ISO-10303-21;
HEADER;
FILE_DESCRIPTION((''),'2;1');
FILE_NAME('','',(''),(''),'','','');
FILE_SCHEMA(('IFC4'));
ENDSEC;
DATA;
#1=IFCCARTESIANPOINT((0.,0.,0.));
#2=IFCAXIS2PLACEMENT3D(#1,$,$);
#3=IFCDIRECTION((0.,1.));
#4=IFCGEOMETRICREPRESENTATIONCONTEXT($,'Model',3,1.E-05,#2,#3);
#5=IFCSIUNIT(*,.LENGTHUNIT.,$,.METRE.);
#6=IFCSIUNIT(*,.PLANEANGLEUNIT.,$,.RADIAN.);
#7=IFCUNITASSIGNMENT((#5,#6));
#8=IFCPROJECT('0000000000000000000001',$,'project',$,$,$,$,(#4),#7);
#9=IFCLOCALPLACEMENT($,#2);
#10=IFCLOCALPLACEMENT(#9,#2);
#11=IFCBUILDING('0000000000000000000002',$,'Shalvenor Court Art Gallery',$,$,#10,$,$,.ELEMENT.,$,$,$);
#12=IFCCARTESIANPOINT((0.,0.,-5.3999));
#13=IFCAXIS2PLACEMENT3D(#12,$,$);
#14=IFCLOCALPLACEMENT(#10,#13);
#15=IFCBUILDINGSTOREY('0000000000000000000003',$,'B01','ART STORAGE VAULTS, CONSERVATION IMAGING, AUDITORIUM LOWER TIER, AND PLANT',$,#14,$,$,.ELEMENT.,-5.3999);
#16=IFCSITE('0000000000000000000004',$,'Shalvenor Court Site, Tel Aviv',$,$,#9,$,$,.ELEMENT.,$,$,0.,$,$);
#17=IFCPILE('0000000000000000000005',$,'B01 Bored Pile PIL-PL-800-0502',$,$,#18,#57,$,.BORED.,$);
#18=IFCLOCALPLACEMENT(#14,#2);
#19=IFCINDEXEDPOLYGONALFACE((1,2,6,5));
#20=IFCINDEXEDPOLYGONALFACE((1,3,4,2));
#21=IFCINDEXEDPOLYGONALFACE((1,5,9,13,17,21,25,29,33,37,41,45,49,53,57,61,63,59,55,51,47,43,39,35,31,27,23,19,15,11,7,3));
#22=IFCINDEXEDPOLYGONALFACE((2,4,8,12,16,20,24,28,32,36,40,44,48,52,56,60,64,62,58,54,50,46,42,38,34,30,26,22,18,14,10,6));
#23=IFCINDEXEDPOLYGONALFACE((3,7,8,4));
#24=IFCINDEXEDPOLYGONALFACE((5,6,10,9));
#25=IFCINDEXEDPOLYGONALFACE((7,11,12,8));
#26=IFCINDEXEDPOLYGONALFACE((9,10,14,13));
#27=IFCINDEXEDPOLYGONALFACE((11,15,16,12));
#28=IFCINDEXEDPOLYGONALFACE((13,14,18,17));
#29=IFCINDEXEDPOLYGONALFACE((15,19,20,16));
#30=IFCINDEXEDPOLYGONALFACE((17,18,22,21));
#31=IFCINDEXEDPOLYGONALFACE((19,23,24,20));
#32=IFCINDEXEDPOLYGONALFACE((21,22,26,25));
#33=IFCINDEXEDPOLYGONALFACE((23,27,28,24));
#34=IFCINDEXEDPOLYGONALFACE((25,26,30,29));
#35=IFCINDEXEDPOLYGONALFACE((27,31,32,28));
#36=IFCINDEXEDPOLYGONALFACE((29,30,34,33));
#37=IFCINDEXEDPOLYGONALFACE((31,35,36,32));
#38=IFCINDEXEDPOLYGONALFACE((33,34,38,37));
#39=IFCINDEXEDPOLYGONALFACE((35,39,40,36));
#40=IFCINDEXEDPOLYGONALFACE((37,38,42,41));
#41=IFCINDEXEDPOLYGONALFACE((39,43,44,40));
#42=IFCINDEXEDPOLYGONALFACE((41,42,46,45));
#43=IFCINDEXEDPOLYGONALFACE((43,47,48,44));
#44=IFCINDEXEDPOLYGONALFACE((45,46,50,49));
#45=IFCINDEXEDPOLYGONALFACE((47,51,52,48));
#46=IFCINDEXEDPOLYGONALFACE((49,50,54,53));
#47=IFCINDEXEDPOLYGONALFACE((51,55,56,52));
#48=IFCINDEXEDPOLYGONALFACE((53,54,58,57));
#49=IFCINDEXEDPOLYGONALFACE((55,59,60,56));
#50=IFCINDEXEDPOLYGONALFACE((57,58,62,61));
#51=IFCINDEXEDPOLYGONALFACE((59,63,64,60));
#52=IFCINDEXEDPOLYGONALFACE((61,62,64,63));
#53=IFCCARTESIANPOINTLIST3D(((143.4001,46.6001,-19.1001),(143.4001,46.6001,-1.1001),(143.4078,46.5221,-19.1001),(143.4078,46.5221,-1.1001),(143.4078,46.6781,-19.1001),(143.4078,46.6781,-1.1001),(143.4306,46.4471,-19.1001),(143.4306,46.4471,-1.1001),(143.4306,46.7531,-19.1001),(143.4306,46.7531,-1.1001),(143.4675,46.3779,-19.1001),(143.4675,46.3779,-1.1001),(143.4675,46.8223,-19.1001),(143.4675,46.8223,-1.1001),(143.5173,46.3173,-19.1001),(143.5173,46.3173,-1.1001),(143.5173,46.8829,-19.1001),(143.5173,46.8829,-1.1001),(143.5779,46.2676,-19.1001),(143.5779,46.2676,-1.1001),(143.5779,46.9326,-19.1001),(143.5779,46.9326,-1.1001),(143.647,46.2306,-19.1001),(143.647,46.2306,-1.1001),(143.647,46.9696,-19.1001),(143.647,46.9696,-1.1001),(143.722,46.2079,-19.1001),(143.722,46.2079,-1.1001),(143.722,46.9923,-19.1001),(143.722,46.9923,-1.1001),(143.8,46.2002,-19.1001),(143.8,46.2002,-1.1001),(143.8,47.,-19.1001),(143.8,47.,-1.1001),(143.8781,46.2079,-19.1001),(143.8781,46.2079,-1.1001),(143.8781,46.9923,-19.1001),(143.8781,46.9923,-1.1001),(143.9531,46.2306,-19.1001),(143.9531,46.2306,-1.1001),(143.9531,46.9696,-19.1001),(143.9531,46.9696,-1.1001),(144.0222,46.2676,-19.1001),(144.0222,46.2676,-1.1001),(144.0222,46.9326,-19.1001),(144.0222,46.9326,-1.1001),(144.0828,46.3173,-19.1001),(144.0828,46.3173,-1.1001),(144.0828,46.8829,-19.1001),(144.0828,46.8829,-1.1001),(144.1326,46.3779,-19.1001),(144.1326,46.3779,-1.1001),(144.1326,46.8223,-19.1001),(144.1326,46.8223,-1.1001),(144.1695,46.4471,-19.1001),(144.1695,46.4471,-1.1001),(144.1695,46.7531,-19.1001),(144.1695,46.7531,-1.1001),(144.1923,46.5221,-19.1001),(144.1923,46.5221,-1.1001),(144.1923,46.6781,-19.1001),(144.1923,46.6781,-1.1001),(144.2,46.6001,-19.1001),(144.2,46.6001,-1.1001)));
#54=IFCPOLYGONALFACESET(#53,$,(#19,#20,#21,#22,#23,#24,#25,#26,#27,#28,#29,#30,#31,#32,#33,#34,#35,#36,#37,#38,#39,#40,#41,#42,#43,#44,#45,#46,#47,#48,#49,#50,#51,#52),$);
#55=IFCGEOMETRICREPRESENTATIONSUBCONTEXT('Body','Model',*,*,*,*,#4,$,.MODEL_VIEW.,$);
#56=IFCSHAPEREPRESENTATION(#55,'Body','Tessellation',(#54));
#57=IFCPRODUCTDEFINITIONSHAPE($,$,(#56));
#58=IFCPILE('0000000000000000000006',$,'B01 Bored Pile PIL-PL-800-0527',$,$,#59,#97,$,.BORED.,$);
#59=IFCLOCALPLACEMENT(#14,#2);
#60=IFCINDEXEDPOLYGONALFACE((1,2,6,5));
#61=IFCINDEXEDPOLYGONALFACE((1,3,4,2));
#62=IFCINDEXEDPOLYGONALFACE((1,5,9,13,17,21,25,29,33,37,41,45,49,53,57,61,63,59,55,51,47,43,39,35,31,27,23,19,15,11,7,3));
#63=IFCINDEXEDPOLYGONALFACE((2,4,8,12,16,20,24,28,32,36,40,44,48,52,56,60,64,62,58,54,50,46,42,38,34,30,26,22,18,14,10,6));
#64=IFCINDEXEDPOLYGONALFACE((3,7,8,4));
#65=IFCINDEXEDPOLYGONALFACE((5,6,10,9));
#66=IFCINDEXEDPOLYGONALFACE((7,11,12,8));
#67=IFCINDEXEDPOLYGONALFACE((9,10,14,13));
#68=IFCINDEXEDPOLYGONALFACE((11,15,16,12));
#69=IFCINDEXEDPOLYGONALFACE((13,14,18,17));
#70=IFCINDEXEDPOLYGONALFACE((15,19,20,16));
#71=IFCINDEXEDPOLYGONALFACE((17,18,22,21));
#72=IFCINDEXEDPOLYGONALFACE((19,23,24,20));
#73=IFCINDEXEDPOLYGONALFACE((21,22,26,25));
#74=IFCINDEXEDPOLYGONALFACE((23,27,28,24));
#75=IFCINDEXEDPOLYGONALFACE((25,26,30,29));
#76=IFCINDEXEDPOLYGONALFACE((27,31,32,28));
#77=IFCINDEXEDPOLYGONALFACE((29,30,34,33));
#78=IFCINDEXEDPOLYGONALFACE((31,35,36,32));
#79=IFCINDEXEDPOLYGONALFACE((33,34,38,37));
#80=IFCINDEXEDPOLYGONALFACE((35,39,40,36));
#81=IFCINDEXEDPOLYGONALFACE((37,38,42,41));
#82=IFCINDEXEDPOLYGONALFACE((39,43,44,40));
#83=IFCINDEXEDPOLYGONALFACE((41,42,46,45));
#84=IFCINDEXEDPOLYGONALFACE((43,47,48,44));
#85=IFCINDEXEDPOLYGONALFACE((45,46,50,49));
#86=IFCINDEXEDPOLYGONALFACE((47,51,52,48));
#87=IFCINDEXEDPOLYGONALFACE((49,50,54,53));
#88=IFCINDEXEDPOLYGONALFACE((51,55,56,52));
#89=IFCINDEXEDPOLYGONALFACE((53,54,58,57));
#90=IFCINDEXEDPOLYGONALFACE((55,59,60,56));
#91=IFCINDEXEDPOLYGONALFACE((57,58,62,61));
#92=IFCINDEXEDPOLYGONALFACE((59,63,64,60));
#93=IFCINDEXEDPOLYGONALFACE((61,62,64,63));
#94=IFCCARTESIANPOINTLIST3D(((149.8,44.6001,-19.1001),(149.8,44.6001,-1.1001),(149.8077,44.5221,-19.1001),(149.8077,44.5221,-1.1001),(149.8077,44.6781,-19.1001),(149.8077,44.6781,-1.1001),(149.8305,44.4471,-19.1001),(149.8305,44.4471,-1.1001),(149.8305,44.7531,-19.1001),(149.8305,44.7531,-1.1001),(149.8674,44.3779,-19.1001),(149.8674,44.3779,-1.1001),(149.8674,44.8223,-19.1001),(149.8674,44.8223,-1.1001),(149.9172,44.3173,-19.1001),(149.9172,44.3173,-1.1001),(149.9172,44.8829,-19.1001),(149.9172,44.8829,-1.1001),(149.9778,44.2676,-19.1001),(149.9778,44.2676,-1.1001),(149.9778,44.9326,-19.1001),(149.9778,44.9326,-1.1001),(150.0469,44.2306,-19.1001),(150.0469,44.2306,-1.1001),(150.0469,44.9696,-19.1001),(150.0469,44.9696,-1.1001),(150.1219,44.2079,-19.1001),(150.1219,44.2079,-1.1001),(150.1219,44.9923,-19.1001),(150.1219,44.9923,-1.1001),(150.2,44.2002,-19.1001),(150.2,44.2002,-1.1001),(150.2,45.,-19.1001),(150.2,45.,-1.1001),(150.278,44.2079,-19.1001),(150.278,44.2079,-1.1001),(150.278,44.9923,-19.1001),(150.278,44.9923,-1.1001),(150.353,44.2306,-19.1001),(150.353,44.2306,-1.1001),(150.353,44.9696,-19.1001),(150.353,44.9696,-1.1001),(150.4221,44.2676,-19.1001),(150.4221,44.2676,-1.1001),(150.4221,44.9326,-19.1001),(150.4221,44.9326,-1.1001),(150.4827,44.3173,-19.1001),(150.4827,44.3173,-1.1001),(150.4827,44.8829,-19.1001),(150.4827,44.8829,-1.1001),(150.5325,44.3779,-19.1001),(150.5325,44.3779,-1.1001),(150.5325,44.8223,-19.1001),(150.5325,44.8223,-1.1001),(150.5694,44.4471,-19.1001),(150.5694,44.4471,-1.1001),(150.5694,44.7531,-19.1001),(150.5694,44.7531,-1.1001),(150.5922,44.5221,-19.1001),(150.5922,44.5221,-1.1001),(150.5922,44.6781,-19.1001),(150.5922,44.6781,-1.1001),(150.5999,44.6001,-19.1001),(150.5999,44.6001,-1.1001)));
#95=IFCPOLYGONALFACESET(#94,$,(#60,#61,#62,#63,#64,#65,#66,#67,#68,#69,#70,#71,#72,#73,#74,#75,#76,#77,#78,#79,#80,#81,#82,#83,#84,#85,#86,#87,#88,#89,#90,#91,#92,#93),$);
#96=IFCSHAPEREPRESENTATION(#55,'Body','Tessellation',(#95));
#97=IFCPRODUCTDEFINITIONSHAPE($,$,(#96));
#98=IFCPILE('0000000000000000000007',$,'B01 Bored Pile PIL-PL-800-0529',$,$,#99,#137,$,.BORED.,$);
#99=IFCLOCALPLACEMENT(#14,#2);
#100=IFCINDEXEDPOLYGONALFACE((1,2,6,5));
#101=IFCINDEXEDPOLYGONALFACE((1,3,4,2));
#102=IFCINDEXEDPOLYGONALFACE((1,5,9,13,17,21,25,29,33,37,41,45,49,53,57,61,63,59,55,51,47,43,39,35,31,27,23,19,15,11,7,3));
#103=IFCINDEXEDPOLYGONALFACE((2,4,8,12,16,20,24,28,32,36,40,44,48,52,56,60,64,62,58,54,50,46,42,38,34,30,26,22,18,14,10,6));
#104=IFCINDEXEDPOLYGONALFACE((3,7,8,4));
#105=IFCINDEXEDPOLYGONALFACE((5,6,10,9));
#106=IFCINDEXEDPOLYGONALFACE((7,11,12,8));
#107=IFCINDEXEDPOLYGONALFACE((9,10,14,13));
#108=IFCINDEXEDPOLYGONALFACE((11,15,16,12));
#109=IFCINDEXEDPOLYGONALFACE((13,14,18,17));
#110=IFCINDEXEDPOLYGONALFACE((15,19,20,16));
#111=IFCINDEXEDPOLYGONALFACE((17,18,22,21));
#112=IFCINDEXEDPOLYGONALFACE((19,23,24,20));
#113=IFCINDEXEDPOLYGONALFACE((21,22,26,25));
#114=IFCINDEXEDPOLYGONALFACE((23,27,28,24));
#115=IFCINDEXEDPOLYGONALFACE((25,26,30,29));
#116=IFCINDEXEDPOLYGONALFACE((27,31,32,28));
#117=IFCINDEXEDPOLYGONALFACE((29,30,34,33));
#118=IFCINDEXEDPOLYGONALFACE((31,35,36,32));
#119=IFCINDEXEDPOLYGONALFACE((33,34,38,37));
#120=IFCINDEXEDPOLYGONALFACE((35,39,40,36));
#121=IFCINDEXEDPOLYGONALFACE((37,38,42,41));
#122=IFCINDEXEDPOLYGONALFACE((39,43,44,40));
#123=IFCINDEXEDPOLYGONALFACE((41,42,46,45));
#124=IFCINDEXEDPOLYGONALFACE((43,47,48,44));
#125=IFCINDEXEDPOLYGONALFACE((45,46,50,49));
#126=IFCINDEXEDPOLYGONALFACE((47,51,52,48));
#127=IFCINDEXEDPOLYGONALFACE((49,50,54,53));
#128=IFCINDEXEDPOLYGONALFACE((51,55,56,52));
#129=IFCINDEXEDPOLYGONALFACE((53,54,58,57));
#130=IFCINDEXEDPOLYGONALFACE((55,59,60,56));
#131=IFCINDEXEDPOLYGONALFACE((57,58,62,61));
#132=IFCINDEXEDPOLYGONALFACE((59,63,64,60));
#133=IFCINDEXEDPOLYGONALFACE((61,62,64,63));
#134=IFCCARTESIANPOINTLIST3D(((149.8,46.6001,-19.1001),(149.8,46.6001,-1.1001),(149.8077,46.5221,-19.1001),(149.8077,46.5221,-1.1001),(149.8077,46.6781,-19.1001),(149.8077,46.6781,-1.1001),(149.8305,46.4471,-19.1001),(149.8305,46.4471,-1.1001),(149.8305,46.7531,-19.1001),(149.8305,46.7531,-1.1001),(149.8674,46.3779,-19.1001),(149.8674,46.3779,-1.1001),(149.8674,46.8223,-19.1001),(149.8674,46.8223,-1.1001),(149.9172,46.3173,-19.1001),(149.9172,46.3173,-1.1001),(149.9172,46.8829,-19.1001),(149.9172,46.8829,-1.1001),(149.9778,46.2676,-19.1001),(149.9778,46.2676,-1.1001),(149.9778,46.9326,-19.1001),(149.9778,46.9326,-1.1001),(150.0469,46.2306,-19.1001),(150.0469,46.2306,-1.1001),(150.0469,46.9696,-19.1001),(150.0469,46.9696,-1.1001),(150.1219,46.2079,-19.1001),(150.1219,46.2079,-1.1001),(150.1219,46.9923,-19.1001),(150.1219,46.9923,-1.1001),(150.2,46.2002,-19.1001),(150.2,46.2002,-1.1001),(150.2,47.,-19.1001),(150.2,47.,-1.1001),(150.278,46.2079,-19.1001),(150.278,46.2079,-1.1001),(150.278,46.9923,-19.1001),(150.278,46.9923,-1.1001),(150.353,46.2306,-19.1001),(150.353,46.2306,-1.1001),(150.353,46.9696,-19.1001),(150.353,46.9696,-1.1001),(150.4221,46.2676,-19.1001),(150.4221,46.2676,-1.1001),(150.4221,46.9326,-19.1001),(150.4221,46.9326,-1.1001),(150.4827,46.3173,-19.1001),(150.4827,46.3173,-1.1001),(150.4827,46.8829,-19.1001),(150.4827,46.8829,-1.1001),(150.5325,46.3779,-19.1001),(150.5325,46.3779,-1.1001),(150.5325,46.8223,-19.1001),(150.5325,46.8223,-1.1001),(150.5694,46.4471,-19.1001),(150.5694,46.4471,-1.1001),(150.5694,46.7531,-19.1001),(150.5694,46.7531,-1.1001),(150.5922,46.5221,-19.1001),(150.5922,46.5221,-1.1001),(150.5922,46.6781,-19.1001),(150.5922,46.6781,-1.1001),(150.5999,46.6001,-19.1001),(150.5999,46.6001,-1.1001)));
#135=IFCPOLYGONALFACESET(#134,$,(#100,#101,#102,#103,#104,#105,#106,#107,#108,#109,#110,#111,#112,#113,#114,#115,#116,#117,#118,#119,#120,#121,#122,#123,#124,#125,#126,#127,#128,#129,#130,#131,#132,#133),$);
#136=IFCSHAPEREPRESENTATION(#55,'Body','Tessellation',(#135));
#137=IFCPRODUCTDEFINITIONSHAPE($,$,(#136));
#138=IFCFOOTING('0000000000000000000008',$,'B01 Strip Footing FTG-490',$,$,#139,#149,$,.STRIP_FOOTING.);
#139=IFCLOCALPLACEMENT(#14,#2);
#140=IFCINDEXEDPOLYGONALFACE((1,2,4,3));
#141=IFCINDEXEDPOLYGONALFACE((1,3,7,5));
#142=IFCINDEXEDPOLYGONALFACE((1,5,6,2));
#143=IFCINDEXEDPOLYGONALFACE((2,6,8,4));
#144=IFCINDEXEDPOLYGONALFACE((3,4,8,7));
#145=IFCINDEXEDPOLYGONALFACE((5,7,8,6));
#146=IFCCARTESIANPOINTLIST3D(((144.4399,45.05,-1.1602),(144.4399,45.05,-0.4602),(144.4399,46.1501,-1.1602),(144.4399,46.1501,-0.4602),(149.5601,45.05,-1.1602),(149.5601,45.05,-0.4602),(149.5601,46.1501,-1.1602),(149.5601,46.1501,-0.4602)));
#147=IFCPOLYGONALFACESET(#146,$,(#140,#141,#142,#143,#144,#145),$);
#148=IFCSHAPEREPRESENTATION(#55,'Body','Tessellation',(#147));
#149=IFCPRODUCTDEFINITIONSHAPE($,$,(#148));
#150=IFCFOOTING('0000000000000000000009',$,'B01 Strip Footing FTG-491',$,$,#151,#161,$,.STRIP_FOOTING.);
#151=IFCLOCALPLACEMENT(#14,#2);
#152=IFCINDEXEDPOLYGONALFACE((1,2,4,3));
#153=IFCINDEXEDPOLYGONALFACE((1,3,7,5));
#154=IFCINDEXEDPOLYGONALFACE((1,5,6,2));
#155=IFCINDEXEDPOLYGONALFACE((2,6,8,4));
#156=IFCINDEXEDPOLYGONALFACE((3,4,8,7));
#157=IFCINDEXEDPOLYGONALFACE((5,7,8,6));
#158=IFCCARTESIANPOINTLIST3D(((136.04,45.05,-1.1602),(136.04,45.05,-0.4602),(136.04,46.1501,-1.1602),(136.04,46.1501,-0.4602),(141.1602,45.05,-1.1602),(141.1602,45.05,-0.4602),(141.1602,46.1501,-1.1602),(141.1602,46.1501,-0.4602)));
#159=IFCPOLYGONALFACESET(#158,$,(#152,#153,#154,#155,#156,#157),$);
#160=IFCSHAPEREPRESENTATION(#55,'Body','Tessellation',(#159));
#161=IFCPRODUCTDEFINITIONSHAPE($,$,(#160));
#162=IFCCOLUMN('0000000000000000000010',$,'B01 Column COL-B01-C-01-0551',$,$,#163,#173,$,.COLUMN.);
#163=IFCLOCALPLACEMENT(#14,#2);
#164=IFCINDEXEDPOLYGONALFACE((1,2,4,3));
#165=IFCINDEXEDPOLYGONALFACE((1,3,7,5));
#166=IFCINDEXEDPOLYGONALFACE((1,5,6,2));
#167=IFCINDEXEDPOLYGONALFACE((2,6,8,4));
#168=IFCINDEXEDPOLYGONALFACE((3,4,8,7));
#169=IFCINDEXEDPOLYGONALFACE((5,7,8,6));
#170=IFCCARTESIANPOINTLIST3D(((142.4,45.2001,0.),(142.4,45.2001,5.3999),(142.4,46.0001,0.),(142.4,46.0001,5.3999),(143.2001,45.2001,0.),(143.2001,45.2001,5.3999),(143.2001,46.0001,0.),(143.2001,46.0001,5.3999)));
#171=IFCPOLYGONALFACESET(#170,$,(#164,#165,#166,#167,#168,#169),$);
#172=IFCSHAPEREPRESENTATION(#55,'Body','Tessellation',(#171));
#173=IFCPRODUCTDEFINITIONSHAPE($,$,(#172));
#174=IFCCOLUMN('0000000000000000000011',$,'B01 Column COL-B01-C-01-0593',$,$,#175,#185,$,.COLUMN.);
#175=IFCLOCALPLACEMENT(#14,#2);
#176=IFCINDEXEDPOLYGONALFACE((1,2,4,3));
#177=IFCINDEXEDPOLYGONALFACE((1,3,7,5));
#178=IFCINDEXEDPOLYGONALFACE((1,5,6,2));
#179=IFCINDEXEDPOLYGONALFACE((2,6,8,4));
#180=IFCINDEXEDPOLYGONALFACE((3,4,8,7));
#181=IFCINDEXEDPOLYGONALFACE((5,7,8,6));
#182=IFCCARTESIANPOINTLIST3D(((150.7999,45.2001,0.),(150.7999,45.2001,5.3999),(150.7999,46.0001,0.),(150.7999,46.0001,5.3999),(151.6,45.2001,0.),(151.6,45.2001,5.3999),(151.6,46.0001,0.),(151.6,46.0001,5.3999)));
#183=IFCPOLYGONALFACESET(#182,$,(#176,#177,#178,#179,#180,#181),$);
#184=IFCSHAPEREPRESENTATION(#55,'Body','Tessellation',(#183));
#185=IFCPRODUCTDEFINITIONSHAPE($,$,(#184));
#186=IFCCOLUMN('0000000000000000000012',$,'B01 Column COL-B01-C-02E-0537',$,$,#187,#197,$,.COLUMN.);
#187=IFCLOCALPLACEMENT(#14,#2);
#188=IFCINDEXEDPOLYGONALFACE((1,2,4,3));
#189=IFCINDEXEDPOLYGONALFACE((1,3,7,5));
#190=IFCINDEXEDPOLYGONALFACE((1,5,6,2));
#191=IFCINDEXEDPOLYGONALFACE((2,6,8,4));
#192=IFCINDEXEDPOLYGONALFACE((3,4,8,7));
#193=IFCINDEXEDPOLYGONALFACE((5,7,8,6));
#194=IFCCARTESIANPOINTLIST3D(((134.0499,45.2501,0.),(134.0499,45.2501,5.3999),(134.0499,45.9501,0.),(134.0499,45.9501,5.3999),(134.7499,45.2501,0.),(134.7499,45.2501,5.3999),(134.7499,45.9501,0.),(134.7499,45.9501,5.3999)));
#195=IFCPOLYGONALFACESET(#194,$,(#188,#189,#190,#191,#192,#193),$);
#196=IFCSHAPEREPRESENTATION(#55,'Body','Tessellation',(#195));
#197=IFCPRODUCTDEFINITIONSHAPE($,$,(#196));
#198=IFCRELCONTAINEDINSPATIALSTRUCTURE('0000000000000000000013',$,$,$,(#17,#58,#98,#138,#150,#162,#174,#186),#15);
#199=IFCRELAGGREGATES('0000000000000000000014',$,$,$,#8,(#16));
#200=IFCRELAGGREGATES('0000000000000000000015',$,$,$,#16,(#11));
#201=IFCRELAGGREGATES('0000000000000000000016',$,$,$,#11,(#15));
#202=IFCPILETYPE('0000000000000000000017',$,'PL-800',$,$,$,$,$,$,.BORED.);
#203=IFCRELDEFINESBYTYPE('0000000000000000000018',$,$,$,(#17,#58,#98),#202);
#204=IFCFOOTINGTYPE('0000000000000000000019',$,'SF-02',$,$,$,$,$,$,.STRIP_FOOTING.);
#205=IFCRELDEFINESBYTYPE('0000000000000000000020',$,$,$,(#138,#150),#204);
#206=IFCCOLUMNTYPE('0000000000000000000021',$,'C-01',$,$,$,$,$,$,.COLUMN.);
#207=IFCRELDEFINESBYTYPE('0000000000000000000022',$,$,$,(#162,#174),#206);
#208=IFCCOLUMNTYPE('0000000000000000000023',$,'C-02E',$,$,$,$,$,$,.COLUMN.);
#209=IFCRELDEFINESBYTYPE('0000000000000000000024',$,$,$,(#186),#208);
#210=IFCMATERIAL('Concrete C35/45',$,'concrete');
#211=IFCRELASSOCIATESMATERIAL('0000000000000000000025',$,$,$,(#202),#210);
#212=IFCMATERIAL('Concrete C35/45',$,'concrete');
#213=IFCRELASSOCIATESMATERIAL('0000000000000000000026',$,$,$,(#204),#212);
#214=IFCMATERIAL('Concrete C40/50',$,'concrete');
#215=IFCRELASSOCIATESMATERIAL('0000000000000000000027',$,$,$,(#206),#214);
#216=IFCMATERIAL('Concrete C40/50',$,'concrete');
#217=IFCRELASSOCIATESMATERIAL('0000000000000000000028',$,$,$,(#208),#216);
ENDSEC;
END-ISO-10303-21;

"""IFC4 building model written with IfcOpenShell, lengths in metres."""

from ifc_helpers import new_model, si_unit, direction, frame, origin, origin_2d, place, context, subcontext, project, spatial, rectangle, circle, extrude, material, material_profile, profile_set, type_object, element, save


model = new_model("IFC4")

# Units and contexts
model_context = context("Model", 3, precision=1e-05, world=origin(), true_north=direction((0.0, 1.0)))
body_context = subcontext(model_context, "Body", "Model", "MODEL_VIEW")
ifc_project = project(units=[si_unit("LENGTHUNIT", "METRE"), si_unit("PLANEANGLEUNIT", "RADIAN")], contexts=[model_context])

# Site, building, storey
site_placement = place(None, origin())
site = spatial("IfcSite", under=ifc_project, at=site_placement, Name="Shalvenor Court Site, Tel Aviv", CompositionType="ELEMENT", RefElevation=0.0)
building_placement = place(site_placement, origin())
building = spatial("IfcBuilding", under=site, at=building_placement, Name="Shalvenor Court Art Gallery", CompositionType="ELEMENT")
storey_placement = place(building_placement, frame((0.0, 0.0, -5.3999)))
storey = spatial("IfcBuildingStorey", under=building, at=storey_placement, Name="B01", Description="ART STORAGE VAULTS, CONSERVATION IMAGING, AUDITORIUM LOWER TIER, AND PLANT", CompositionType="ELEMENT", Elevation=-5.3999)

# Piles
ifc_material_1 = material(Name="Concrete C35/45", Category="concrete")
ifc_material_profile_1 = material_profile(ifc_material_1, circle(Radius=0.3999, at=origin_2d()), Name="PILE 800")
ifc_profile_set_1 = profile_set([ifc_material_profile_1], Name="Concrete C35/45")
pile_type_1 = type_object("IfcPileType", Name="PL-800", PredefinedType="BORED", material=ifc_profile_set_1)
for number, where, z_axis, x_axis, name in (
    (1, (143.8, 46.6001, -1.1001), (0.0, 0.0, -1.0), (1.0, 0.0, 0.0), "B01 Bored Pile PIL-PL-800-0502"),
    (2, (150.2, 44.6001, -1.1001), (0.0, 0.0, -1.0), (1.0, 0.0, 0.0), "B01 Bored Pile PIL-PL-800-0527"),
    (3, (150.2, 46.6001, -1.1001), (0.0, 0.0, -1.0), (1.0, 0.0, 0.0), "B01 Bored Pile PIL-PL-800-0529"),
):
    element("IfcPile", number, at=place(storey_placement, frame(where, z_axis=z_axis, x_axis=x_axis)), inside=storey, type_object=pile_type_1, Name=name, PredefinedType="BORED", context=body_context, shape_type="SweptSolid", body=[
        extrude(circle(Radius=0.3999, at=origin_2d()), origin(), (0.0, 0.0, 1.0), 18.0),
    ])

# Footings
ifc_material_2 = material(Name="Concrete C35/45", Category="concrete")
footing_type_1 = type_object("IfcFootingType", Name="SF-02", PredefinedType="STRIP_FOOTING", material=ifc_material_2)
for number, where, z_axis, x_axis, name in (
    (4, (147.0, 45.6001, -1.1602), (0.0, 0.0, 1.0), (1.0, 0.0, 0.0), "B01 Strip Footing FTG-490"),
    (5, (138.6001, 45.6001, -1.1602), (0.0, 0.0, 1.0), (1.0, 0.0, 0.0), "B01 Strip Footing FTG-491"),
):
    element("IfcFooting", number, at=place(storey_placement, frame(where, z_axis=z_axis, x_axis=x_axis)), inside=storey, type_object=footing_type_1, Name=name, PredefinedType="STRIP_FOOTING", context=body_context, shape_type="SweptSolid", body=[
        extrude(rectangle(XDim=5.1201, YDim=1.1001, at=origin_2d()), origin(), (0.0, 0.0, 1.0), 0.7),
    ])

# Columns
ifc_material_3 = material(Name="Concrete C40/50", Category="concrete")
ifc_material_profile_2 = material_profile(ifc_material_3, rectangle(XDim=0.8, YDim=0.8, at=origin_2d()), Name="RC 800x800")
ifc_profile_set_2 = profile_set([ifc_material_profile_2], Name="Concrete C40/50")
column_type_1 = type_object("IfcColumnType", Name="C-01", PredefinedType="COLUMN", material=ifc_profile_set_2)
for number, where, z_axis, x_axis, name in (
    (6, (142.8, 45.6001, 0.0), (0.0, 0.0, 1.0), (1.0, 0.0, 0.0), "B01 Column COL-B01-C-01-0551"),
    (7, (151.2, 45.6001, 0.0), (0.0, 0.0, 1.0), (1.0, 0.0, 0.0), "B01 Column COL-B01-C-01-0593"),
):
    element("IfcColumn", number, at=place(storey_placement, frame(where, z_axis=z_axis, x_axis=x_axis)), inside=storey, type_object=column_type_1, Name=name, PredefinedType="COLUMN", context=body_context, shape_type="SweptSolid", body=[
        extrude(rectangle(XDim=0.8, YDim=0.8, at=origin_2d()), origin(), (0.0, 0.0, 1.0), 5.3999),
    ])
ifc_material_4 = material(Name="Concrete C40/50", Category="concrete")
ifc_material_profile_3 = material_profile(ifc_material_4, rectangle(XDim=0.7, YDim=0.7, at=origin_2d()), Name="RC 700x700")
ifc_profile_set_3 = profile_set([ifc_material_profile_3], Name="Concrete C40/50")
column_type_2 = type_object("IfcColumnType", Name="C-02E", PredefinedType="COLUMN", material=ifc_profile_set_3)
column_placement = place(storey_placement, frame((134.3999, 45.6001, 0.0), z_axis=(0.0, 0.0, 1.0), x_axis=(1.0, 0.0, 0.0)))
element("IfcColumn", 8, at=column_placement, inside=storey, type_object=column_type_2, Name="B01 Column COL-B01-C-02E-0537", PredefinedType="COLUMN", context=body_context, shape_type="SweptSolid", body=[
    extrude(rectangle(XDim=0.7, YDim=0.7, at=origin_2d()), origin(), (0.0, 0.0, 1.0), 5.3999),
])

save(model, "model.ifc")
